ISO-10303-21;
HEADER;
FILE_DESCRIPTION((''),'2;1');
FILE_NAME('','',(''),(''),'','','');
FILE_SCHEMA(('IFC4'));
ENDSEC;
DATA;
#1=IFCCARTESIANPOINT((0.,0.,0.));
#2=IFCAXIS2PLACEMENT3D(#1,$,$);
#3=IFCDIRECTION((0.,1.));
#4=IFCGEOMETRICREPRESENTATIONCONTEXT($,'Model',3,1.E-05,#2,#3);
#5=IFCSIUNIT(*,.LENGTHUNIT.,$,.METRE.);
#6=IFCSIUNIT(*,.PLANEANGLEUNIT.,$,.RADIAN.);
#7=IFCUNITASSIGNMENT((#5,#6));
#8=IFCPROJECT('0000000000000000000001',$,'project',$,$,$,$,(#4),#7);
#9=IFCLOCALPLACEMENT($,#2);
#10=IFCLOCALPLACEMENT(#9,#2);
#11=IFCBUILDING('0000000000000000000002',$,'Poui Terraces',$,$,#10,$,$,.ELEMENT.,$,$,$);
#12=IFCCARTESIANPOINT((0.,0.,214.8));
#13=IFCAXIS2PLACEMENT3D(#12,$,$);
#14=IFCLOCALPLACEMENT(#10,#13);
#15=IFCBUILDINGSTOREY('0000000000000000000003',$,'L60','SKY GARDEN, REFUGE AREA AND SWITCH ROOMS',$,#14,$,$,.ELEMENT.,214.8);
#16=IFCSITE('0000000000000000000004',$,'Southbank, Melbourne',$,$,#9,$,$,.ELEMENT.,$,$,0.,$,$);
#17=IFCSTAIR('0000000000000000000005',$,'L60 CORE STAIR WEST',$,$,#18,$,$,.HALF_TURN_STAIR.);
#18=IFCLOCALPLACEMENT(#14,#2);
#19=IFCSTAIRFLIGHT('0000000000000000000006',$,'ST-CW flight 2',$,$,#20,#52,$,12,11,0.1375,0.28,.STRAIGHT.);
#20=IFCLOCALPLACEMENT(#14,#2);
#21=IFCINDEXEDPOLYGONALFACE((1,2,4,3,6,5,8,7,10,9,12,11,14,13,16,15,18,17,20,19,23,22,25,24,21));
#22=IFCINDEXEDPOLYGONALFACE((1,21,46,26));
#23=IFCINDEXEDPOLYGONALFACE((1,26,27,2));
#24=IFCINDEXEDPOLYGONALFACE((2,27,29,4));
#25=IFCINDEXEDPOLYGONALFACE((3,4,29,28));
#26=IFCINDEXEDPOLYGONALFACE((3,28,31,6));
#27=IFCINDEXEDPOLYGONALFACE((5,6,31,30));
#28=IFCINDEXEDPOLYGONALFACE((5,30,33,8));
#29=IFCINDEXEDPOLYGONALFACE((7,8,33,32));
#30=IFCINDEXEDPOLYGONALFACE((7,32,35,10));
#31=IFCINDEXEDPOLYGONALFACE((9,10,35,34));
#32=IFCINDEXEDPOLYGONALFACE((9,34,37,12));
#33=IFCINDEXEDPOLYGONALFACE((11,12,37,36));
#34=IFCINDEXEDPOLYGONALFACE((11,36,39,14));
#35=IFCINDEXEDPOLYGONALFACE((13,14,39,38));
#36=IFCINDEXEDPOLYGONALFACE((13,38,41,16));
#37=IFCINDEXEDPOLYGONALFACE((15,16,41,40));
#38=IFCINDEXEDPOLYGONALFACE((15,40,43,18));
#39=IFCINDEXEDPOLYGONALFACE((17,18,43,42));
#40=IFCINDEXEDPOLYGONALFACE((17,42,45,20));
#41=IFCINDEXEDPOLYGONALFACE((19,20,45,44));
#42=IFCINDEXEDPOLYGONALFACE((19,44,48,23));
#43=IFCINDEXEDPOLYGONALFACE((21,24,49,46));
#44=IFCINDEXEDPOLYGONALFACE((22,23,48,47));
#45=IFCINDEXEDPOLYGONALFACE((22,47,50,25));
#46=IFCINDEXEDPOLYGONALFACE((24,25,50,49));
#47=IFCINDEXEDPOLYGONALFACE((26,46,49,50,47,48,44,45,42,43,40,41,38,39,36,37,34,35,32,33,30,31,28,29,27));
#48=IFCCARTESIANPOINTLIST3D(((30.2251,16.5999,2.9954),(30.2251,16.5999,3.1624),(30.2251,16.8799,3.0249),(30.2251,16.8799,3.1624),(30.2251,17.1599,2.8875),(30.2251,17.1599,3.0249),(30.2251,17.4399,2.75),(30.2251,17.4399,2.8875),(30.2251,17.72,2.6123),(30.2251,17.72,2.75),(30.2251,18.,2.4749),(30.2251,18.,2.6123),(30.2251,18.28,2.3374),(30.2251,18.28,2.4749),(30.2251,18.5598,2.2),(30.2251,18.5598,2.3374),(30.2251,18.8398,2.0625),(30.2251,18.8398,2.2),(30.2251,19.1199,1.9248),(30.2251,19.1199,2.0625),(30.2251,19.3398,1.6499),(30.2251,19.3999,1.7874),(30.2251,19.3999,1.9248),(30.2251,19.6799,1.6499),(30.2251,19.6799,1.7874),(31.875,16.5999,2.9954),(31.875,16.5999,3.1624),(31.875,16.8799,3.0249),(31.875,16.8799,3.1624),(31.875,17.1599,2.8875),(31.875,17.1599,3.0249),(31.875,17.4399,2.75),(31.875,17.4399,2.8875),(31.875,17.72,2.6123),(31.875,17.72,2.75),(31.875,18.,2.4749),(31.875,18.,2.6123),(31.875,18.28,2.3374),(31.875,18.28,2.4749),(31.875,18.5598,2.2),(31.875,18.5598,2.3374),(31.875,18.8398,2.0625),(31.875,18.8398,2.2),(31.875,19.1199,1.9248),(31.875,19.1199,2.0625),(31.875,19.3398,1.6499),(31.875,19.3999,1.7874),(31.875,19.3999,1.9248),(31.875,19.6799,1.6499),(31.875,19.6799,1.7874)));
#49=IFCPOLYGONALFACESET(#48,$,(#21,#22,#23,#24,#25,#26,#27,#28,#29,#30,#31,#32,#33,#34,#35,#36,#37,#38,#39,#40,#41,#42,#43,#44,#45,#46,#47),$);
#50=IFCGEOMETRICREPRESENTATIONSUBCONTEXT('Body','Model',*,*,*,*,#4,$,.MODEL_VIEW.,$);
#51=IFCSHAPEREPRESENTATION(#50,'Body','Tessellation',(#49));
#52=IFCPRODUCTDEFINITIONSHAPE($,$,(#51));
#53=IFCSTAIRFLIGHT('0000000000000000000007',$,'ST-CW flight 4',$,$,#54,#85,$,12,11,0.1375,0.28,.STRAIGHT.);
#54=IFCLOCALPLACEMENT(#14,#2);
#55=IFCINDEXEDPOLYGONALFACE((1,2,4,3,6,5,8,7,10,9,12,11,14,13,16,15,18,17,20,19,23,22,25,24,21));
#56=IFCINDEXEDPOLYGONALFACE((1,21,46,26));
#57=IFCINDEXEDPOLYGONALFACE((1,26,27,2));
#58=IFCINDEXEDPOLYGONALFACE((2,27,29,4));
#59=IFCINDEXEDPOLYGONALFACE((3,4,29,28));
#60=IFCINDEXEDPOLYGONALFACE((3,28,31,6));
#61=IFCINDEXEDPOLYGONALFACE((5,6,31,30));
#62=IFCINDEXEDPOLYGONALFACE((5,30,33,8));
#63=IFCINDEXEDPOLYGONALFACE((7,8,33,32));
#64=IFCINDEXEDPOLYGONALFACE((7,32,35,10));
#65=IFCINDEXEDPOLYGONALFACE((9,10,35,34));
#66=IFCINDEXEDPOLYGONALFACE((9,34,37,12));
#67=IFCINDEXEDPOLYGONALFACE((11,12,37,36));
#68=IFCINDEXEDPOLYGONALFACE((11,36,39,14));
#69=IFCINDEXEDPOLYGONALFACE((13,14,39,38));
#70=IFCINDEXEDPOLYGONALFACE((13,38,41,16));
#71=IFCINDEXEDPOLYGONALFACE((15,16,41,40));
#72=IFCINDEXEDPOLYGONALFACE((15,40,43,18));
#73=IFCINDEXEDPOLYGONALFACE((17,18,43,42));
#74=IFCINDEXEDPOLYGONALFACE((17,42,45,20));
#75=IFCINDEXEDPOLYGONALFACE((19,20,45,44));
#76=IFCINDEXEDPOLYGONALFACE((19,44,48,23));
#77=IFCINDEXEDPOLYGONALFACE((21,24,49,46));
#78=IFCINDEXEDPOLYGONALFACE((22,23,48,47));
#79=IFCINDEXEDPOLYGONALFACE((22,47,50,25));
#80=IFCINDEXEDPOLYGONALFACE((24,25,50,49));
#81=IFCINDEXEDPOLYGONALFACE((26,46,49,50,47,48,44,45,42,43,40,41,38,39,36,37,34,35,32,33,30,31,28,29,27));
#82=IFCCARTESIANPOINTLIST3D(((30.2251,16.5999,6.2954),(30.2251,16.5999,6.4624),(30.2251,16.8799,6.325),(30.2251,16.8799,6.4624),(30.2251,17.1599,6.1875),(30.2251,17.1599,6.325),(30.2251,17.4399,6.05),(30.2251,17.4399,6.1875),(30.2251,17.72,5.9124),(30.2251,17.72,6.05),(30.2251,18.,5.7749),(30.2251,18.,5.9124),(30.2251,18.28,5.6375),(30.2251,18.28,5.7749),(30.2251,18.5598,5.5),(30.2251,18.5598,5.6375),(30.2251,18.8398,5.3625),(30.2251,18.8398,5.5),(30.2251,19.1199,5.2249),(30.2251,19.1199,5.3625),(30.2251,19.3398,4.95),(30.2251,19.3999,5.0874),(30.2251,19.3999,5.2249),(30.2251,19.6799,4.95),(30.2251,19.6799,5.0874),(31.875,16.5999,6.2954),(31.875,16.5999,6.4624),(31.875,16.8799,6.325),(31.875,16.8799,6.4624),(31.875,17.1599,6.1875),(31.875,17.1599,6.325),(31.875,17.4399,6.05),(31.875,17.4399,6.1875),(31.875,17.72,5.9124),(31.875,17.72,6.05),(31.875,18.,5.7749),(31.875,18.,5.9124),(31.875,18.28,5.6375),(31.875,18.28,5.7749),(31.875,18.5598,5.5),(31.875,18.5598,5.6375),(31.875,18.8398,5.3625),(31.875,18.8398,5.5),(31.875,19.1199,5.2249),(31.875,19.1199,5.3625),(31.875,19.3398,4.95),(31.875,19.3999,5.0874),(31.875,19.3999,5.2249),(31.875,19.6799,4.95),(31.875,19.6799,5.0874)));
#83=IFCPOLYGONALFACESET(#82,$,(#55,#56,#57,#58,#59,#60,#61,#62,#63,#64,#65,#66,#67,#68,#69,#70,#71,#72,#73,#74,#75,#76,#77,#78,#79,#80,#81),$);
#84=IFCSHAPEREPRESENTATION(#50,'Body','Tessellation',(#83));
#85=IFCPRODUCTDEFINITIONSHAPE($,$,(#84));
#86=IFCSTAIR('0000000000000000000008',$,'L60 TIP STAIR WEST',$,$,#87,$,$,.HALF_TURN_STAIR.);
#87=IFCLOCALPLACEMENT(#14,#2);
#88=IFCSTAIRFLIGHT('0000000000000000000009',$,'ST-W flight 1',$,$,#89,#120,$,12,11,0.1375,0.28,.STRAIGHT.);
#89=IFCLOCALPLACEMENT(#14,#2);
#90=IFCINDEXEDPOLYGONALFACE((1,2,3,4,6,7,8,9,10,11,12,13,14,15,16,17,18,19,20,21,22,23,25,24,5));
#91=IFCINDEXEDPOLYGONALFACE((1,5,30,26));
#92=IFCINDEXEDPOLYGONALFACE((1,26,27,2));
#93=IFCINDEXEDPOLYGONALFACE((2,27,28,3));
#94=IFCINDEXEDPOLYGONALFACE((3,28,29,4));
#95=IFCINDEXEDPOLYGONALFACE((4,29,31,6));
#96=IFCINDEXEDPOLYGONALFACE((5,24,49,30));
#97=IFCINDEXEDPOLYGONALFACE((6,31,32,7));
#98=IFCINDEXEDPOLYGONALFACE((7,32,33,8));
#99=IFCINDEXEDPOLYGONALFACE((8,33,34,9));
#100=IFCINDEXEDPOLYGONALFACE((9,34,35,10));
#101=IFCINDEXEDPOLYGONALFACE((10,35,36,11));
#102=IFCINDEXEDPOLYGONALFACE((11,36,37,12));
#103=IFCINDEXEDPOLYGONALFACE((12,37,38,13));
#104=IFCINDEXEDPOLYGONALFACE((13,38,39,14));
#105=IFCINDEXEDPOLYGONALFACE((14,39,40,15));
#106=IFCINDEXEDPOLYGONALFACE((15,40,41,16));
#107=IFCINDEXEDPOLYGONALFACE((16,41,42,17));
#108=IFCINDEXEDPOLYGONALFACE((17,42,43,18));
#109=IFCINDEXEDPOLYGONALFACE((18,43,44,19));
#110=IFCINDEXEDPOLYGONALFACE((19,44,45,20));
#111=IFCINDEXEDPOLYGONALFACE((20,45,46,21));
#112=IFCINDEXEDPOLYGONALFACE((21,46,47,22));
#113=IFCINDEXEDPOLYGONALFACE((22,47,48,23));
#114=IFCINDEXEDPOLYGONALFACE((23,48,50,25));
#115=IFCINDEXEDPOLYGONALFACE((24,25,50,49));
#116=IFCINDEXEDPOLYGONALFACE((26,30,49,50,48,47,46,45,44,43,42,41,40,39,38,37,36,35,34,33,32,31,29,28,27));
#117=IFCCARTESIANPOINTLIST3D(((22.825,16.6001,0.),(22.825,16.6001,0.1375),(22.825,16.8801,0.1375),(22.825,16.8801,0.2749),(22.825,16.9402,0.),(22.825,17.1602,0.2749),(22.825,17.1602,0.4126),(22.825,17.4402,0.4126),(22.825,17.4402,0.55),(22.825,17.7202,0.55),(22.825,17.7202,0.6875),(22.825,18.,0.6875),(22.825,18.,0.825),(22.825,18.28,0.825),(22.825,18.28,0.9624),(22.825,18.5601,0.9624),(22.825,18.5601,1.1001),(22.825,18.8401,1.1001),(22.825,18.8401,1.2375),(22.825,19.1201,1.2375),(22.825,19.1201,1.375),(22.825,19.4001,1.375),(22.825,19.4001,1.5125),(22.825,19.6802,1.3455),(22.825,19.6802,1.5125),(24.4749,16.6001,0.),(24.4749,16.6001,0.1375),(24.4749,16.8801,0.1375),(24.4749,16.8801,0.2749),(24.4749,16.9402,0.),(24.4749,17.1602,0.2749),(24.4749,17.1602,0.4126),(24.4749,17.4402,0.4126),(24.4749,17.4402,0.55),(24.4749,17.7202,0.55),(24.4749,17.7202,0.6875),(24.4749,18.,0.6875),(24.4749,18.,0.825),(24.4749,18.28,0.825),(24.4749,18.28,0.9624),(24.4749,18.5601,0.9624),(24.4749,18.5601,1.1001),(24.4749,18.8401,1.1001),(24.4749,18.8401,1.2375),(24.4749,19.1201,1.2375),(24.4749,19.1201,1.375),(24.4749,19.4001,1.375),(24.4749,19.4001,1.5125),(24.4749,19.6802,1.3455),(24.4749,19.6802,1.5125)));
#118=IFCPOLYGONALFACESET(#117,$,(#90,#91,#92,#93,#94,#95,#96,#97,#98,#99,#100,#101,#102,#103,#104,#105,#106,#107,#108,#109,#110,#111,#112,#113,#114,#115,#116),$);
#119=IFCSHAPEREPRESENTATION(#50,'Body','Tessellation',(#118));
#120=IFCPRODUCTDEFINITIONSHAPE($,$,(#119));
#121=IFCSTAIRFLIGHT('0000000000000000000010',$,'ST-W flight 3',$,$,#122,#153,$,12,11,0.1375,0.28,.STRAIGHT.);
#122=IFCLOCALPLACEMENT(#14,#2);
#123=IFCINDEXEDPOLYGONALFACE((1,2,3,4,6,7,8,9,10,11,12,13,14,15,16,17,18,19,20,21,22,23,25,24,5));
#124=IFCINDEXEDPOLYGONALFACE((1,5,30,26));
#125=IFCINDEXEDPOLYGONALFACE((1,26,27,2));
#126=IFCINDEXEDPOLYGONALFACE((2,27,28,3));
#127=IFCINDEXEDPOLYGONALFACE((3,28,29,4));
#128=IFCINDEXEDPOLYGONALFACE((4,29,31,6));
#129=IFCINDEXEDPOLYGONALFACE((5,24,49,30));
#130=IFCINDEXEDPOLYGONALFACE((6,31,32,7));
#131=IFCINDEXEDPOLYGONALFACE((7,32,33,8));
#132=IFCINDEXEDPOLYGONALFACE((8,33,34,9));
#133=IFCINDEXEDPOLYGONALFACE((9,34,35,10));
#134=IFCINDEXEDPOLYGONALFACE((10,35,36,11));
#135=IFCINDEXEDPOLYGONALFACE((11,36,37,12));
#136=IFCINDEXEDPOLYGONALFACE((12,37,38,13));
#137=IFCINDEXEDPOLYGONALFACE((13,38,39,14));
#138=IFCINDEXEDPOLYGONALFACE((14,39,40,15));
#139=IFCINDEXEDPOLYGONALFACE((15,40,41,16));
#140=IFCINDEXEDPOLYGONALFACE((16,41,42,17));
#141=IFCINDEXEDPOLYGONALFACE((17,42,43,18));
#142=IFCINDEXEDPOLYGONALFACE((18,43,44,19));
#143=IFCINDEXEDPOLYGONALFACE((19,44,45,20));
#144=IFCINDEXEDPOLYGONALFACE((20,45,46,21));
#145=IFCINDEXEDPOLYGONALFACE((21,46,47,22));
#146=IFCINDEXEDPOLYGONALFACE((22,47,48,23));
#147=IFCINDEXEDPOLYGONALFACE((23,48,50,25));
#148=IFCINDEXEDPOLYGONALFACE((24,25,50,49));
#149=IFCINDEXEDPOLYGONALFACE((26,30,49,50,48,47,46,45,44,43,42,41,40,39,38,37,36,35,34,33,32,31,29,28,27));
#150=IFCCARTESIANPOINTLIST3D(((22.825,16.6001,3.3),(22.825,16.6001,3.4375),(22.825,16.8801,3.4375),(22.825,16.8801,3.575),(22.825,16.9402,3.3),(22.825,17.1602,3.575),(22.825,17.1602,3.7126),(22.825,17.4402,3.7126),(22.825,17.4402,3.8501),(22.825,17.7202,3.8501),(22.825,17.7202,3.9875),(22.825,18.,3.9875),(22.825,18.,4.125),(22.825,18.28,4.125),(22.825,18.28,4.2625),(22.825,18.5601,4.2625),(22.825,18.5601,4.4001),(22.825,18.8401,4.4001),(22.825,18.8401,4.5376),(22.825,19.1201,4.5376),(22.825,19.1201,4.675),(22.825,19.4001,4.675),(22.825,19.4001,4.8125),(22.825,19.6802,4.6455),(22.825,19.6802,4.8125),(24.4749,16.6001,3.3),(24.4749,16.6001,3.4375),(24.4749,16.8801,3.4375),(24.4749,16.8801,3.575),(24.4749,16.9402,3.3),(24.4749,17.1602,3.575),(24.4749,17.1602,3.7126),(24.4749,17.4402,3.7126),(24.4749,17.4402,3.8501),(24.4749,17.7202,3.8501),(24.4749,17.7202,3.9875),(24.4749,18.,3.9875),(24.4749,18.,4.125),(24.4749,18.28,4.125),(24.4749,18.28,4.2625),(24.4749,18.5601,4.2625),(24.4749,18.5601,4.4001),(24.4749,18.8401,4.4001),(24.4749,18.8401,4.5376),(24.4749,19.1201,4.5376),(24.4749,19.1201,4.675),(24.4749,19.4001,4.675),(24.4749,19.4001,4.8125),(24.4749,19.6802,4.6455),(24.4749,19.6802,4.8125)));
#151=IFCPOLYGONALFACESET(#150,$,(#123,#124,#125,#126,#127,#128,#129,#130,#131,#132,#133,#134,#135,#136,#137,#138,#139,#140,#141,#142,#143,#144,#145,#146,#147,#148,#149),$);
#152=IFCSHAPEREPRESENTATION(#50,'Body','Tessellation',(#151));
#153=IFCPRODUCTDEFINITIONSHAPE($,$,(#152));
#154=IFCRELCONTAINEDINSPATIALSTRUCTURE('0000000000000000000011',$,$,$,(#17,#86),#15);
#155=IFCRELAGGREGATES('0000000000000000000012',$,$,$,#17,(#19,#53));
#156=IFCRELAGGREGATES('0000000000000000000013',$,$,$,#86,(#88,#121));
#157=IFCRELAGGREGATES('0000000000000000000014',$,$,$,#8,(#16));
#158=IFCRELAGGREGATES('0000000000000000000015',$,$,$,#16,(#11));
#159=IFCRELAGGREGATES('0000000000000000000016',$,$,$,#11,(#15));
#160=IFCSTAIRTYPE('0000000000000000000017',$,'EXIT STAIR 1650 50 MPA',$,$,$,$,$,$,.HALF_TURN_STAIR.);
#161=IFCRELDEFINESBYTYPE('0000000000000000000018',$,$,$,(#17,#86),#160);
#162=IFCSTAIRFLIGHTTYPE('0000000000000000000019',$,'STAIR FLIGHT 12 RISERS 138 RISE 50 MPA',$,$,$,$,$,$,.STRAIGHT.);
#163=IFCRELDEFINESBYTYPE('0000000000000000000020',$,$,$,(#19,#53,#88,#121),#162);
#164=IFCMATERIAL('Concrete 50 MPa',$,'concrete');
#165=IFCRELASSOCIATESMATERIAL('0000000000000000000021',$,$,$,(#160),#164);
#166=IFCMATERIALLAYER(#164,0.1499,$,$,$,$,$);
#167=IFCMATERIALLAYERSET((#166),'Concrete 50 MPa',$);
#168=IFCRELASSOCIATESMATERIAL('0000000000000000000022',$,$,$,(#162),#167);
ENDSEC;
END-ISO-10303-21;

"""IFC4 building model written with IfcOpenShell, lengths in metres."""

from ifc_helpers import new_model, si_unit, direction, frame, origin, place, context, subcontext, project, spatial, polyline, outline, extrude, material, layer, layer_set, type_object, element, aggregate, save


model = new_model("IFC4")

# Units and contexts
model_context = context("Model", 3, precision=1e-05, world=origin(), true_north=direction((0.0, 1.0)))
body_context = subcontext(model_context, "Body", "Model", "MODEL_VIEW")
ifc_project = project(units=[si_unit("LENGTHUNIT", "METRE"), si_unit("PLANEANGLEUNIT", "RADIAN")], contexts=[model_context])

# Site, building, storey
site_placement = place(None, origin())
site = spatial("IfcSite", under=ifc_project, at=site_placement, Name="Southbank, Melbourne", CompositionType="ELEMENT", RefElevation=0.0)
building_placement = place(site_placement, origin())
building = spatial("IfcBuilding", under=site, at=building_placement, Name="Poui Terraces", CompositionType="ELEMENT")
storey_placement = place(building_placement, frame((0.0, 0.0, 214.8)))
storey = spatial("IfcBuildingStorey", under=building, at=storey_placement, Name="L60", Description="SKY GARDEN, REFUGE AREA AND SWITCH ROOMS", CompositionType="ELEMENT", Elevation=214.8)

# Stairs, stair flights
ifc_material_1 = material(Name="Concrete 50 MPa", Category="concrete")
stair_type = type_object("IfcStairType", Name="EXIT STAIR 1650 50 MPA", PredefinedType="HALF_TURN_STAIR", material=ifc_material_1)
stair_1_placement = place(storey_placement, origin())
stair_1 = element("IfcStair", 1, at=stair_1_placement, inside=storey, type_object=stair_type, Name="L60 CORE STAIR WEST", PredefinedType="HALF_TURN_STAIR")
ifc_layer = layer(ifc_material_1, 0.1499)
ifc_layer_set = layer_set([ifc_layer], Name="Concrete 50 MPa")
stair_flight_type = type_object("IfcStairFlightType", Name="STAIR FLIGHT 12 RISERS 138 RISE 50 MPA", PredefinedType="STRAIGHT", material=ifc_layer_set)
stair_flight_1_placement = place(storey_placement, frame((31.05, 19.6799, 1.6499), z_axis=(0.0, 0.0, 1.0), x_axis=(0.0, -1.0, 0.0)))
stair_flight_1 = element("IfcStairFlight", 2, at=stair_flight_1_placement, type_object=stair_flight_type, Name="ST-CW flight 2", NumberOfRisers=12, NumberOfTreads=11, PredefinedType="STRAIGHT", RiserHeight=0.1375, TreadLength=0.28, context=body_context, shape_type="SweptSolid", body=[
    extrude(outline(polyline([(0.0, 0.0), (0.0, 0.1375), (0.28, 0.1375), (0.28, 0.2749), (0.5601, 0.2749), (0.5601, 0.4126), (0.8401, 0.4126), (0.8401, 0.55), (1.1201, 0.55), (1.1201, 0.6875), (1.3999, 0.6875), (1.3999, 0.825), (1.6799, 0.825), (1.6799, 0.9624), (1.96, 0.9624), (1.96, 1.1001), (2.24, 1.1001), (2.24, 1.2375), (2.52, 1.2375), (2.52, 1.375), (2.8, 1.375), (2.8, 1.5125), (3.0801, 1.5125), (3.0801, 1.6499), (3.0801, 1.3455), (0.3401, 0.0), (0.0, 0.0)])), frame((0.0, 0.825, 0.0), z_axis=(0.0, -1.0, 0.0), x_axis=(1.0, 0.0, 0.0)), (0.0, 0.0, 1.0), 1.6499),
])
stair_flight_2_placement = place(storey_placement, frame((31.05, 19.6799, 4.95), z_axis=(0.0, 0.0, 1.0), x_axis=(0.0, -1.0, 0.0)))
stair_flight_2 = element("IfcStairFlight", 3, at=stair_flight_2_placement, type_object=stair_flight_type, Name="ST-CW flight 4", NumberOfRisers=12, NumberOfTreads=11, PredefinedType="STRAIGHT", RiserHeight=0.1375, TreadLength=0.28, context=body_context, shape_type="SweptSolid", body=[
    extrude(outline(polyline([(0.0, 0.0), (0.0, 0.1375), (0.28, 0.1375), (0.28, 0.2749), (0.5601, 0.2749), (0.5601, 0.4126), (0.8401, 0.4126), (0.8401, 0.55), (1.1201, 0.55), (1.1201, 0.6875), (1.3999, 0.6875), (1.3999, 0.825), (1.6799, 0.825), (1.6799, 0.9624), (1.96, 0.9624), (1.96, 1.1001), (2.24, 1.1001), (2.24, 1.2375), (2.52, 1.2375), (2.52, 1.375), (2.8, 1.375), (2.8, 1.5125), (3.0801, 1.5125), (3.0801, 1.6499), (3.0801, 1.3455), (0.3401, 0.0), (0.0, 0.0)])), frame((0.0, 0.825, 0.0), z_axis=(0.0, -1.0, 0.0), x_axis=(1.0, 0.0, 0.0)), (0.0, 0.0, 1.0), 1.6499),
])
aggregate(stair_1, [stair_flight_1, stair_flight_2])
stair_2_placement = place(storey_placement, origin())
stair_2 = element("IfcStair", 4, at=stair_2_placement, inside=storey, type_object=stair_type, Name="L60 TIP STAIR WEST", PredefinedType="HALF_TURN_STAIR")
stair_flight_3_placement = place(storey_placement, frame((23.6499, 16.6001, 0.0), z_axis=(0.0, 0.0, 1.0), x_axis=(0.0, 1.0, 0.0)))
stair_flight_3 = element("IfcStairFlight", 5, at=stair_flight_3_placement, type_object=stair_flight_type, Name="ST-W flight 1", NumberOfRisers=12, NumberOfTreads=11, PredefinedType="STRAIGHT", RiserHeight=0.1375, TreadLength=0.28, context=body_context, shape_type="SweptSolid", body=[
    extrude(outline(polyline([(0.0, 0.0), (0.0, 0.1375), (0.28, 0.1375), (0.28, 0.2749), (0.5601, 0.2749), (0.5601, 0.4126), (0.8401, 0.4126), (0.8401, 0.55), (1.1201, 0.55), (1.1201, 0.6875), (1.3999, 0.6875), (1.3999, 0.825), (1.6799, 0.825), (1.6799, 0.9624), (1.96, 0.9624), (1.96, 1.1001), (2.24, 1.1001), (2.24, 1.2375), (2.52, 1.2375), (2.52, 1.375), (2.8, 1.375), (2.8, 1.5125), (3.0801, 1.5125), (3.0801, 1.6499), (3.0801, 1.3455), (0.3401, 0.0), (0.0, 0.0)])), frame((0.0, 0.825, 0.0), z_axis=(0.0, -1.0, 0.0), x_axis=(1.0, 0.0, 0.0)), (0.0, 0.0, 1.0), 1.6499),
])
stair_flight_4_placement = place(storey_placement, frame((23.6499, 16.6001, 3.3), z_axis=(0.0, 0.0, 1.0), x_axis=(0.0, 1.0, 0.0)))
stair_flight_4 = element("IfcStairFlight", 6, at=stair_flight_4_placement, type_object=stair_flight_type, Name="ST-W flight 3", NumberOfRisers=12, NumberOfTreads=11, PredefinedType="STRAIGHT", RiserHeight=0.1375, TreadLength=0.28, context=body_context, shape_type="SweptSolid", body=[
    extrude(outline(polyline([(0.0, 0.0), (0.0, 0.1375), (0.28, 0.1375), (0.28, 0.2749), (0.5601, 0.2749), (0.5601, 0.4126), (0.8401, 0.4126), (0.8401, 0.55), (1.1201, 0.55), (1.1201, 0.6875), (1.3999, 0.6875), (1.3999, 0.825), (1.6799, 0.825), (1.6799, 0.9624), (1.96, 0.9624), (1.96, 1.1001), (2.24, 1.1001), (2.24, 1.2375), (2.52, 1.2375), (2.52, 1.375), (2.8, 1.375), (2.8, 1.5125), (3.0801, 1.5125), (3.0801, 1.6499), (3.0801, 1.3455), (0.3401, 0.0), (0.0, 0.0)])), frame((0.0, 0.825, 0.0), z_axis=(0.0, -1.0, 0.0), x_axis=(1.0, 0.0, 0.0)), (0.0, 0.0, 1.0), 1.6499),
])
aggregate(stair_2, [stair_flight_3, stair_flight_4])

save(model, "model.ifc")
